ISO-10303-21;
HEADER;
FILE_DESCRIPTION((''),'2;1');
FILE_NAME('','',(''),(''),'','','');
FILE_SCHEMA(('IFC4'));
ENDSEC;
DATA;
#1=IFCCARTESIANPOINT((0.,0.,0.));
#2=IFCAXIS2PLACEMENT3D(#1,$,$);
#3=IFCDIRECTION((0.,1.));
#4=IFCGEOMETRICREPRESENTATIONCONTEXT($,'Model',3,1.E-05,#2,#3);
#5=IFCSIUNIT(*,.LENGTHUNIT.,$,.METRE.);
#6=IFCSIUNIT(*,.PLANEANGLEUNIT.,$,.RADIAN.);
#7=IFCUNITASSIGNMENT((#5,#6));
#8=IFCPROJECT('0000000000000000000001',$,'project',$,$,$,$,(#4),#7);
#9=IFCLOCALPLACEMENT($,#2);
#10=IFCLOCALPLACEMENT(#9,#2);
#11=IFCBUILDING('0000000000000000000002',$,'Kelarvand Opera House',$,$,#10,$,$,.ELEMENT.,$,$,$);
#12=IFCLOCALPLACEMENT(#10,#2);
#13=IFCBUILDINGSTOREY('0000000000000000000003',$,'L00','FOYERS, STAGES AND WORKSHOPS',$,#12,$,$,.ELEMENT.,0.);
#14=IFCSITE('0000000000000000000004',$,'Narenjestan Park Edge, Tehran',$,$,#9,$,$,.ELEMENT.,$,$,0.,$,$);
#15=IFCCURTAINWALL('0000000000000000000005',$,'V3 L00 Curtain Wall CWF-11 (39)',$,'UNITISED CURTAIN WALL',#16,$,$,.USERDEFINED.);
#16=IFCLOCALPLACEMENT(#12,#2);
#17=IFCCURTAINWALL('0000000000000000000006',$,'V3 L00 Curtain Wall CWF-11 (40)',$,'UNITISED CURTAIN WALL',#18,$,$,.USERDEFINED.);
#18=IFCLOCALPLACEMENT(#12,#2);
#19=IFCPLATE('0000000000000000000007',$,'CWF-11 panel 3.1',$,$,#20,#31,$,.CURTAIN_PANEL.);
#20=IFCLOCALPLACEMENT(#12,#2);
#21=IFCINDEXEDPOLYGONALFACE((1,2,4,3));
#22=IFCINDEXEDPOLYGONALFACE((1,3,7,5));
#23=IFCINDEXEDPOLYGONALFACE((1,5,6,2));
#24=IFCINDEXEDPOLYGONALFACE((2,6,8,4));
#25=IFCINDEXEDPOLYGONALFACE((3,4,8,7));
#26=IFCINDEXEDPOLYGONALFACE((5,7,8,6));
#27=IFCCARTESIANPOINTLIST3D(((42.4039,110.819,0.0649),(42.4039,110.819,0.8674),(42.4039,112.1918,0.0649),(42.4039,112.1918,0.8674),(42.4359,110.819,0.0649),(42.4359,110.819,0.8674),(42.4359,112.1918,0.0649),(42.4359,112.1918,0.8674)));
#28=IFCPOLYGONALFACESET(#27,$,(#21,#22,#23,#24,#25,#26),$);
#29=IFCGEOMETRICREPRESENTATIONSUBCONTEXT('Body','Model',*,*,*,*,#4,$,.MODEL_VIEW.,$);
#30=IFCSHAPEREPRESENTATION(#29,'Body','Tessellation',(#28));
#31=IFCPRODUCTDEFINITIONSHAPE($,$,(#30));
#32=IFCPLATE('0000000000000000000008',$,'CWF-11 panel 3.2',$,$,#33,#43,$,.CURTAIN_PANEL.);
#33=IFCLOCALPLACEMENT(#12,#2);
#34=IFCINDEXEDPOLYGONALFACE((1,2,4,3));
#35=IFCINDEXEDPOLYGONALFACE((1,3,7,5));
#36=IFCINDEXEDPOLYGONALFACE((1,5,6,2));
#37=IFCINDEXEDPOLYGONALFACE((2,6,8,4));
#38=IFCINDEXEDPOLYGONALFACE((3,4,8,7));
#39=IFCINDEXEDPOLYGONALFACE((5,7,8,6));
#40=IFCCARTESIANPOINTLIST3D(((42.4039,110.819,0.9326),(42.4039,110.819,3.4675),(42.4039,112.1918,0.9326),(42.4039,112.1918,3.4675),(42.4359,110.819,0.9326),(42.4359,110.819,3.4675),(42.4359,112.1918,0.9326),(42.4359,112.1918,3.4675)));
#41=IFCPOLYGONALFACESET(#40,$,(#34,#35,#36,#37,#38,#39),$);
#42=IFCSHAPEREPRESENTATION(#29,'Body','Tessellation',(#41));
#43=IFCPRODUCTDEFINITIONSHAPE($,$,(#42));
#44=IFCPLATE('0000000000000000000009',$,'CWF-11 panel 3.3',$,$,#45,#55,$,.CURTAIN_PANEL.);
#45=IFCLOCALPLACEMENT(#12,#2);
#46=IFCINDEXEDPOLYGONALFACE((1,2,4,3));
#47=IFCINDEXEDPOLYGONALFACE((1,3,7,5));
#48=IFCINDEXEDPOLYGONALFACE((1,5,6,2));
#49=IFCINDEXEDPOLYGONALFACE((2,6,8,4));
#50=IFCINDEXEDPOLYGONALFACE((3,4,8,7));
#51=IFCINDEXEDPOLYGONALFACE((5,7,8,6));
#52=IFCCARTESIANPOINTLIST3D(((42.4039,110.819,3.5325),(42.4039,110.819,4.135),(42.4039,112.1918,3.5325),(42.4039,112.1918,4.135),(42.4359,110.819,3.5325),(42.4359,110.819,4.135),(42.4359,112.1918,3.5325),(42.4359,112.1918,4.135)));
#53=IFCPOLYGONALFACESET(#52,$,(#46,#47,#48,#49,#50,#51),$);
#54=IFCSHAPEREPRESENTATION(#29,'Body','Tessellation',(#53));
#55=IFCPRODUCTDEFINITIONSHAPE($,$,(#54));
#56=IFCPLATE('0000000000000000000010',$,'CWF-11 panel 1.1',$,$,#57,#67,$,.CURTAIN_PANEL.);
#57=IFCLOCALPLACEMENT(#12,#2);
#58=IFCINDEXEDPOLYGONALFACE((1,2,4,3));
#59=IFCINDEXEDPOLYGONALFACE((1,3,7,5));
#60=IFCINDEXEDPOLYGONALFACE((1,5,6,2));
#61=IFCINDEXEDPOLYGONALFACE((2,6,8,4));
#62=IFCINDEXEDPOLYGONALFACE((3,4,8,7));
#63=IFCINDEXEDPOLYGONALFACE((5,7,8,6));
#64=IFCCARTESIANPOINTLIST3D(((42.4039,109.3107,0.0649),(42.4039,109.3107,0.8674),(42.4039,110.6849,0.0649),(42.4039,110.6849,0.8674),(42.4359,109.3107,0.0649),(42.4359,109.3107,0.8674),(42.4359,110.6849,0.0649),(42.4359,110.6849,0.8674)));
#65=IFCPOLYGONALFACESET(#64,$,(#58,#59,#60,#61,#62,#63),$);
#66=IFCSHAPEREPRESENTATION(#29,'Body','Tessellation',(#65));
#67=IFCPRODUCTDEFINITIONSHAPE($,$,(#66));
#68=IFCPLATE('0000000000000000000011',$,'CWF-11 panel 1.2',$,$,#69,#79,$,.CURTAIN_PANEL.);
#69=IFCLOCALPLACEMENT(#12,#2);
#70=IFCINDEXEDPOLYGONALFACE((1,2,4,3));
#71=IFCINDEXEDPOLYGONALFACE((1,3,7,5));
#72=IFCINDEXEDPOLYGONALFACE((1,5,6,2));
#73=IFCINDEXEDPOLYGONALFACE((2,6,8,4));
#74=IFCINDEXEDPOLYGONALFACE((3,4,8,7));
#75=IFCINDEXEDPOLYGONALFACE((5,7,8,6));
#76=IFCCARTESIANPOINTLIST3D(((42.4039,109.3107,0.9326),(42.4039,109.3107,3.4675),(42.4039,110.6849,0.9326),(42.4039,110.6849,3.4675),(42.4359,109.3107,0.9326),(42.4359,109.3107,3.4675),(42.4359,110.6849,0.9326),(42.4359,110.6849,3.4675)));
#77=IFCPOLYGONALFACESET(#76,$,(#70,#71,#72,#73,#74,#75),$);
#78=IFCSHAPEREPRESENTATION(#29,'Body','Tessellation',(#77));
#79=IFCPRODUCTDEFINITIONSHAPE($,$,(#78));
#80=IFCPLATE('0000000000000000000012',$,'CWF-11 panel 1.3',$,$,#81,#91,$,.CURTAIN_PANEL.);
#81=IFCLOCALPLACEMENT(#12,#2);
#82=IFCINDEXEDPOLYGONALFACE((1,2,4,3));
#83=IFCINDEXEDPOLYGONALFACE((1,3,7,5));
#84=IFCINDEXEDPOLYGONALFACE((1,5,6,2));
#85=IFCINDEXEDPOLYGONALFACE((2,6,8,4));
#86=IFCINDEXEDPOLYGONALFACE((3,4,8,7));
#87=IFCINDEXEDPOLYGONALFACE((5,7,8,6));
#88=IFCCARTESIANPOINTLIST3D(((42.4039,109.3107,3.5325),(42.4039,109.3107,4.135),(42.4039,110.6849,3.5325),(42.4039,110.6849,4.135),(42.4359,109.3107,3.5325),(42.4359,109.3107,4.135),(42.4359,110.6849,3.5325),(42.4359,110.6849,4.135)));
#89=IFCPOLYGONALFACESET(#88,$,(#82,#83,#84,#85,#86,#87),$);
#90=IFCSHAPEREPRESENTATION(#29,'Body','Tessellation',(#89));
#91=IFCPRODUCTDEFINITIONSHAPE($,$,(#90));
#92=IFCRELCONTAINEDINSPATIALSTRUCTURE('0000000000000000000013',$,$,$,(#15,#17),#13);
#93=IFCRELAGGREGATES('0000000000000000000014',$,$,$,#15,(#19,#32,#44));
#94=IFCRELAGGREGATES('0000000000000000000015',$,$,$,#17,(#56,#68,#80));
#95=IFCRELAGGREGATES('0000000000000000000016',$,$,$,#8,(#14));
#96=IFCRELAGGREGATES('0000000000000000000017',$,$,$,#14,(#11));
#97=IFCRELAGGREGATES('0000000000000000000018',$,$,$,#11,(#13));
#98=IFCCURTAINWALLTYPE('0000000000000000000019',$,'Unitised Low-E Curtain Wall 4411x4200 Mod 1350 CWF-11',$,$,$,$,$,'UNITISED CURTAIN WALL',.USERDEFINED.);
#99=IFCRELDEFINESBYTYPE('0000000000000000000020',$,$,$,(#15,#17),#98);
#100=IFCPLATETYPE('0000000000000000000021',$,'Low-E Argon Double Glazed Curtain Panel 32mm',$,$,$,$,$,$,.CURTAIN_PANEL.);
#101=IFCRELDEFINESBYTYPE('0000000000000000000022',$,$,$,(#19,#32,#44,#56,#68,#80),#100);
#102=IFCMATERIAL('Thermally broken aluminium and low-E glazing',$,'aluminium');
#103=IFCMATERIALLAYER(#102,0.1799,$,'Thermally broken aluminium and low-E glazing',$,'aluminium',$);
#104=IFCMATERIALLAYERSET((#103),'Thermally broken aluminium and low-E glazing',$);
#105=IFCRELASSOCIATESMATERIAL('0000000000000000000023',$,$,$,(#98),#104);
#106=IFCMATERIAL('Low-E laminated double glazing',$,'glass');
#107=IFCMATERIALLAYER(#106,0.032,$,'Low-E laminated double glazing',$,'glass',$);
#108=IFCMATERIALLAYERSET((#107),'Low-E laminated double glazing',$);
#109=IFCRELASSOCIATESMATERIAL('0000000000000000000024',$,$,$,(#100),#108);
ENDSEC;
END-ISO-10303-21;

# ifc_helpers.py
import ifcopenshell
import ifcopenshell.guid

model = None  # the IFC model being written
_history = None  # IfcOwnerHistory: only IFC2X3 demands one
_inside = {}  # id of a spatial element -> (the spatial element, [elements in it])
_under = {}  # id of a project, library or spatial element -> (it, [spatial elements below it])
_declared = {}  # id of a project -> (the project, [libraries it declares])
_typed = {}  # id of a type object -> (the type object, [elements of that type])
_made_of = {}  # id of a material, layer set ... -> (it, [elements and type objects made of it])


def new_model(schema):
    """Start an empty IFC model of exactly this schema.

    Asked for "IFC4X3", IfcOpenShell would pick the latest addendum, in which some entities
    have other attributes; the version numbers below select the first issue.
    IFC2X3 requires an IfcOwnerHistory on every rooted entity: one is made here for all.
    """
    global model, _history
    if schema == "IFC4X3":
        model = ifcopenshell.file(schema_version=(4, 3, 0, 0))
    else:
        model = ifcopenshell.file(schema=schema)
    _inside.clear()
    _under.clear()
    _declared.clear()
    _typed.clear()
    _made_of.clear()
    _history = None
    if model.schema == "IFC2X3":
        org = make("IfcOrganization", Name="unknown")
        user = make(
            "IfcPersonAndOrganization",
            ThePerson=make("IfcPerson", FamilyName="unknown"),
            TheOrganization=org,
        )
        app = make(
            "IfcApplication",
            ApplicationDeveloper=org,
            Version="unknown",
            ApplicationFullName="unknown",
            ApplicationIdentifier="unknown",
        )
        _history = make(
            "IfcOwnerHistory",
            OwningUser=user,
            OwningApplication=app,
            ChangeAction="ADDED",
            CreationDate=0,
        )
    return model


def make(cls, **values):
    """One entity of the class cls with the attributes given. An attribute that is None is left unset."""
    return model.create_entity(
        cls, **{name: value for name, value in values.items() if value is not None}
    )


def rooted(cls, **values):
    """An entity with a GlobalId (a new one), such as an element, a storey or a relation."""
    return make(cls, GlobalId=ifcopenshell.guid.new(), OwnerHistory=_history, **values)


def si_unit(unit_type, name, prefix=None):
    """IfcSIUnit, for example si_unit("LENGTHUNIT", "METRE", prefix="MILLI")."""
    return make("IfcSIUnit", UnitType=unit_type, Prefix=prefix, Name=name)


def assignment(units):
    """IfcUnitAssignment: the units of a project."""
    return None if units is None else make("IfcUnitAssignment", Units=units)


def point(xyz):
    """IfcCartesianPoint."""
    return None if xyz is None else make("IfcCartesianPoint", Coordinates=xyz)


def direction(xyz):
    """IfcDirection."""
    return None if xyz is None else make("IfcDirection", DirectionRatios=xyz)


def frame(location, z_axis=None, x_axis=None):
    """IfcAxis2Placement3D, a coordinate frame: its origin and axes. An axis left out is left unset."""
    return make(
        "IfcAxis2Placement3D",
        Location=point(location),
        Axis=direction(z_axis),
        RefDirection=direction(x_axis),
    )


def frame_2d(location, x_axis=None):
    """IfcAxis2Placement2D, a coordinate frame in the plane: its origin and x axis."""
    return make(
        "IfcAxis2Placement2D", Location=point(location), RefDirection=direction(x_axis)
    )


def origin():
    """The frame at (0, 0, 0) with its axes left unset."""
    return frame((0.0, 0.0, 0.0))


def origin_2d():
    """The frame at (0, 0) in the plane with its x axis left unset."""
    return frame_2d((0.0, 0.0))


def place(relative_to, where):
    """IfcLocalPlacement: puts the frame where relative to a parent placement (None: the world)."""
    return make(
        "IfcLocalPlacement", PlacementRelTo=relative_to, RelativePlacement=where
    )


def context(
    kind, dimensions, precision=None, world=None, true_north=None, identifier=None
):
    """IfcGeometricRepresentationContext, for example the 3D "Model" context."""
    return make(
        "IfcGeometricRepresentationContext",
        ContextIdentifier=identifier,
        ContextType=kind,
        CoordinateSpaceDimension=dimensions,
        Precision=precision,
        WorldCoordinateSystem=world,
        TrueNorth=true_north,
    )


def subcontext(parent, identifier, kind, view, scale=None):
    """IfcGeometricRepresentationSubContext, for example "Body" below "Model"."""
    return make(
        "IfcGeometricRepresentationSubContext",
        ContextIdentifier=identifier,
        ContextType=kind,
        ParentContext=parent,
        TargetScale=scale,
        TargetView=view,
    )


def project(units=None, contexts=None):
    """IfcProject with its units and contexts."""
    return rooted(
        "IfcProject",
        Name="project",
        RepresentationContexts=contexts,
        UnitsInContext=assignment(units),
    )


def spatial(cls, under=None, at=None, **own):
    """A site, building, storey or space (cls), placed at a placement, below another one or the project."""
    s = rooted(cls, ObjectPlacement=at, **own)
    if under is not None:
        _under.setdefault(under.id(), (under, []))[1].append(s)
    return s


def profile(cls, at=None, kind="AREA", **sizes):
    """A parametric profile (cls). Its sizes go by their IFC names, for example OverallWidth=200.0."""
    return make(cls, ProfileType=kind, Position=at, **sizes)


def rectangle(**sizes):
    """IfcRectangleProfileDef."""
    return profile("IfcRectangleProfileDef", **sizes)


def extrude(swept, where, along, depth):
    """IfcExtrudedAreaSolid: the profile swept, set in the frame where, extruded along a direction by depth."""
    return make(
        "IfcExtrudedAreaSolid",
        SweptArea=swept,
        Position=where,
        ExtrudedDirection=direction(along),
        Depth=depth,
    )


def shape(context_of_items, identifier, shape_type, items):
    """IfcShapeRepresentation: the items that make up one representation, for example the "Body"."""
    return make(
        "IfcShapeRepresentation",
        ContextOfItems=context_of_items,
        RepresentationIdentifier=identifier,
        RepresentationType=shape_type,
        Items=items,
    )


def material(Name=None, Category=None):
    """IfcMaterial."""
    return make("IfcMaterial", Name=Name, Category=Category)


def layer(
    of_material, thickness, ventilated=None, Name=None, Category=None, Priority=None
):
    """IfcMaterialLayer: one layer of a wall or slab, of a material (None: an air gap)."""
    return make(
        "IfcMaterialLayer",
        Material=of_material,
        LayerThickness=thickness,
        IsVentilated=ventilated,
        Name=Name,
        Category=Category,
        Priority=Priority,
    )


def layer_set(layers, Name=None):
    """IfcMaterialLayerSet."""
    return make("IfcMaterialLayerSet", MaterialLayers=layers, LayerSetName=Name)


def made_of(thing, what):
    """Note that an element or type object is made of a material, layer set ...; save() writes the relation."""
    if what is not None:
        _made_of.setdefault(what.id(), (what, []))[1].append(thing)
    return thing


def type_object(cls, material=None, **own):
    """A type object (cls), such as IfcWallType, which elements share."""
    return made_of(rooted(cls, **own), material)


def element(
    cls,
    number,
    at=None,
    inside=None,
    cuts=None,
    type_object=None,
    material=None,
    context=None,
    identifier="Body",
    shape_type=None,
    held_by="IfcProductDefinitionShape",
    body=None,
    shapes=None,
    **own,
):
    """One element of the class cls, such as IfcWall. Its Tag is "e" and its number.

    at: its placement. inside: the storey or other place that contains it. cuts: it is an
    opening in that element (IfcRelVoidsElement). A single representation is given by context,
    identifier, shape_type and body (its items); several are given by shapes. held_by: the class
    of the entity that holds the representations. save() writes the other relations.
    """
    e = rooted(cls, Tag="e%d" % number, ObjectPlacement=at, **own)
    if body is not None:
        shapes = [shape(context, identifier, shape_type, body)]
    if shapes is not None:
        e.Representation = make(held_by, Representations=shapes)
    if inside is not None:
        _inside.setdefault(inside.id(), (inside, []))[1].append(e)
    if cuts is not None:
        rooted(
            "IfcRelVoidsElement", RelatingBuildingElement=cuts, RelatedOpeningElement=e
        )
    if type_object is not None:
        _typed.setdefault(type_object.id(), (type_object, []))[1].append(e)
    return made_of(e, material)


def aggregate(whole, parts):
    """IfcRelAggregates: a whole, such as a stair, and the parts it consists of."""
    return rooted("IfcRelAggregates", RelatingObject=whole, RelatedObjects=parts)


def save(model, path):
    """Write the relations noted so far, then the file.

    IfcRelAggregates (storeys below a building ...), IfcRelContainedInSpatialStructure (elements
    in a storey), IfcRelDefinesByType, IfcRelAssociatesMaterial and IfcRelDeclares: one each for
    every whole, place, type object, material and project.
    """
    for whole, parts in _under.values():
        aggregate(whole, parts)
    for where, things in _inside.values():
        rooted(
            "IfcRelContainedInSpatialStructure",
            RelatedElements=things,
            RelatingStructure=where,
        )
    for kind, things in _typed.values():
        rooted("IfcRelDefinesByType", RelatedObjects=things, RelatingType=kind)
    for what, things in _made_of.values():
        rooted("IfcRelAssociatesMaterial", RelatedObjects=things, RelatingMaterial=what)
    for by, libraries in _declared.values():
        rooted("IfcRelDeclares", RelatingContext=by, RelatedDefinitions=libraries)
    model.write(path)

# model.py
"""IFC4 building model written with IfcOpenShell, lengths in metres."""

from ifc_helpers import new_model, si_unit, direction, frame, origin, origin_2d, place, context, subcontext, project, spatial, rectangle, extrude, material, layer, layer_set, type_object, element, aggregate, save


model = new_model("IFC4")

# Units and contexts
model_context = context("Model", 3, precision=1e-05, world=origin(), true_north=direction((0.0, 1.0)))
body_context = subcontext(model_context, "Body", "Model", "MODEL_VIEW")
ifc_project = project(units=[si_unit("LENGTHUNIT", "METRE"), si_unit("PLANEANGLEUNIT", "RADIAN")], contexts=[model_context])

# Site, building, storey
site_placement = place(None, origin())
site = spatial("IfcSite", under=ifc_project, at=site_placement, Name="Narenjestan Park Edge, Tehran", CompositionType="ELEMENT", RefElevation=0.0)
building_placement = place(site_placement, origin())
building = spatial("IfcBuilding", under=site, at=building_placement, Name="Kelarvand Opera House", CompositionType="ELEMENT")
storey_placement = place(building_placement, origin())
storey = spatial("IfcBuildingStorey", under=building, at=storey_placement, Name="L00", Description="FOYERS, STAGES AND WORKSHOPS", CompositionType="ELEMENT", Elevation=0.0)

# Curtain wall
ifc_material_1 = material(Name="Thermally broken aluminium and low-E glazing", Category="aluminium")
ifc_layer_1 = layer(ifc_material_1, 0.1799, Name="Thermally broken aluminium and low-E glazing", Category="aluminium")
ifc_layer_set_1 = layer_set([ifc_layer_1], Name="Thermally broken aluminium and low-E glazing")
curtain_wall_type = type_object("IfcCurtainWallType", Name="Unitised Low-E Curtain Wall 4411x4200 Mod 1350 CWF-11", ElementType="UNITISED CURTAIN WALL", PredefinedType="USERDEFINED", material=ifc_layer_set_1)
curtain_wall_1_placement = place(storey_placement, origin())
curtain_wall_1 = element("IfcCurtainWall", 1, at=curtain_wall_1_placement, inside=storey, type_object=curtain_wall_type, Name="V3 L00 Curtain Wall CWF-11 (39)", ObjectType="UNITISED CURTAIN WALL", PredefinedType="USERDEFINED")

# Curtain wall
curtain_wall_2_placement = place(storey_placement, origin())
curtain_wall_2 = element("IfcCurtainWall", 2, at=curtain_wall_2_placement, inside=storey, type_object=curtain_wall_type, Name="V3 L00 Curtain Wall CWF-11 (40)", ObjectType="UNITISED CURTAIN WALL", PredefinedType="USERDEFINED")

# Plates
ifc_material_2 = material(Name="Low-E laminated double glazing", Category="glass")
ifc_layer_2 = layer(ifc_material_2, 0.032, Name="Low-E laminated double glazing", Category="glass")
ifc_layer_set_2 = layer_set([ifc_layer_2], Name="Low-E laminated double glazing")
plate_type = type_object("IfcPlateType", Name="Low-E Argon Double Glazed Curtain Panel 32mm", PredefinedType="CURTAIN_PANEL", material=ifc_layer_set_2)
plate_1_placement = place(storey_placement, frame((42.4199, 111.5054, 0.0649), z_axis=(0.0, 0.0, 1.0), x_axis=(0.0, -1.0, 0.0)))
plate_1 = element("IfcPlate", 3, at=plate_1_placement, type_object=plate_type, Name="CWF-11 panel 3.1", PredefinedType="CURTAIN_PANEL", context=body_context, shape_type="SweptSolid", body=[
    extrude(rectangle(XDim=1.3728, YDim=0.032, at=origin_2d()), origin(), (0.0, 0.0, 1.0), 0.8025),
])
plate_2_placement = place(storey_placement, frame((42.4199, 111.5054, 0.9326), z_axis=(0.0, 0.0, 1.0), x_axis=(0.0, -1.0, 0.0)))
plate_2 = element("IfcPlate", 4, at=plate_2_placement, type_object=plate_type, Name="CWF-11 panel 3.2", PredefinedType="CURTAIN_PANEL", context=body_context, shape_type="SweptSolid", body=[
    extrude(rectangle(XDim=1.3728, YDim=0.032, at=origin_2d()), origin(), (0.0, 0.0, 1.0), 2.5349),
])
plate_3_placement = place(storey_placement, frame((42.4199, 111.5054, 3.5325), z_axis=(0.0, 0.0, 1.0), x_axis=(0.0, -1.0, 0.0)))
plate_3 = element("IfcPlate", 5, at=plate_3_placement, type_object=plate_type, Name="CWF-11 panel 3.3", PredefinedType="CURTAIN_PANEL", context=body_context, shape_type="SweptSolid", body=[
    extrude(rectangle(XDim=1.3728, YDim=0.032, at=origin_2d()), origin(), (0.0, 0.0, 1.0), 0.6025),
])
aggregate(curtain_wall_1, [plate_1, plate_2, plate_3])
plate_4_placement = place(storey_placement, frame((42.4199, 109.9978, 0.0649), z_axis=(0.0, 0.0, 1.0), x_axis=(0.0, -1.0, 0.0)))
plate_4 = element("IfcPlate", 6, at=plate_4_placement, type_object=plate_type, Name="CWF-11 panel 1.1", PredefinedType="CURTAIN_PANEL", context=body_context, shape_type="SweptSolid", body=[
    extrude(rectangle(XDim=1.3743, YDim=0.032, at=origin_2d()), origin(), (0.0, 0.0, 1.0), 0.8025),
])
plate_5_placement = place(storey_placement, frame((42.4199, 109.9978, 0.9326), z_axis=(0.0, 0.0, 1.0), x_axis=(0.0, -1.0, 0.0)))
plate_5 = element("IfcPlate", 7, at=plate_5_placement, type_object=plate_type, Name="CWF-11 panel 1.2", PredefinedType="CURTAIN_PANEL", context=body_context, shape_type="SweptSolid", body=[
    extrude(rectangle(XDim=1.3743, YDim=0.032, at=origin_2d()), origin(), (0.0, 0.0, 1.0), 2.5349),
])
plate_6_placement = place(storey_placement, frame((42.4199, 109.9978, 3.5325), z_axis=(0.0, 0.0, 1.0), x_axis=(0.0, -1.0, 0.0)))
plate_6 = element("IfcPlate", 8, at=plate_6_placement, type_object=plate_type, Name="CWF-11 panel 1.3", PredefinedType="CURTAIN_PANEL", context=body_context, shape_type="SweptSolid", body=[
    extrude(rectangle(XDim=1.3743, YDim=0.032, at=origin_2d()), origin(), (0.0, 0.0, 1.0), 0.6025),
])
aggregate(curtain_wall_2, [plate_4, plate_5, plate_6])

save(model, "model.ifc")
